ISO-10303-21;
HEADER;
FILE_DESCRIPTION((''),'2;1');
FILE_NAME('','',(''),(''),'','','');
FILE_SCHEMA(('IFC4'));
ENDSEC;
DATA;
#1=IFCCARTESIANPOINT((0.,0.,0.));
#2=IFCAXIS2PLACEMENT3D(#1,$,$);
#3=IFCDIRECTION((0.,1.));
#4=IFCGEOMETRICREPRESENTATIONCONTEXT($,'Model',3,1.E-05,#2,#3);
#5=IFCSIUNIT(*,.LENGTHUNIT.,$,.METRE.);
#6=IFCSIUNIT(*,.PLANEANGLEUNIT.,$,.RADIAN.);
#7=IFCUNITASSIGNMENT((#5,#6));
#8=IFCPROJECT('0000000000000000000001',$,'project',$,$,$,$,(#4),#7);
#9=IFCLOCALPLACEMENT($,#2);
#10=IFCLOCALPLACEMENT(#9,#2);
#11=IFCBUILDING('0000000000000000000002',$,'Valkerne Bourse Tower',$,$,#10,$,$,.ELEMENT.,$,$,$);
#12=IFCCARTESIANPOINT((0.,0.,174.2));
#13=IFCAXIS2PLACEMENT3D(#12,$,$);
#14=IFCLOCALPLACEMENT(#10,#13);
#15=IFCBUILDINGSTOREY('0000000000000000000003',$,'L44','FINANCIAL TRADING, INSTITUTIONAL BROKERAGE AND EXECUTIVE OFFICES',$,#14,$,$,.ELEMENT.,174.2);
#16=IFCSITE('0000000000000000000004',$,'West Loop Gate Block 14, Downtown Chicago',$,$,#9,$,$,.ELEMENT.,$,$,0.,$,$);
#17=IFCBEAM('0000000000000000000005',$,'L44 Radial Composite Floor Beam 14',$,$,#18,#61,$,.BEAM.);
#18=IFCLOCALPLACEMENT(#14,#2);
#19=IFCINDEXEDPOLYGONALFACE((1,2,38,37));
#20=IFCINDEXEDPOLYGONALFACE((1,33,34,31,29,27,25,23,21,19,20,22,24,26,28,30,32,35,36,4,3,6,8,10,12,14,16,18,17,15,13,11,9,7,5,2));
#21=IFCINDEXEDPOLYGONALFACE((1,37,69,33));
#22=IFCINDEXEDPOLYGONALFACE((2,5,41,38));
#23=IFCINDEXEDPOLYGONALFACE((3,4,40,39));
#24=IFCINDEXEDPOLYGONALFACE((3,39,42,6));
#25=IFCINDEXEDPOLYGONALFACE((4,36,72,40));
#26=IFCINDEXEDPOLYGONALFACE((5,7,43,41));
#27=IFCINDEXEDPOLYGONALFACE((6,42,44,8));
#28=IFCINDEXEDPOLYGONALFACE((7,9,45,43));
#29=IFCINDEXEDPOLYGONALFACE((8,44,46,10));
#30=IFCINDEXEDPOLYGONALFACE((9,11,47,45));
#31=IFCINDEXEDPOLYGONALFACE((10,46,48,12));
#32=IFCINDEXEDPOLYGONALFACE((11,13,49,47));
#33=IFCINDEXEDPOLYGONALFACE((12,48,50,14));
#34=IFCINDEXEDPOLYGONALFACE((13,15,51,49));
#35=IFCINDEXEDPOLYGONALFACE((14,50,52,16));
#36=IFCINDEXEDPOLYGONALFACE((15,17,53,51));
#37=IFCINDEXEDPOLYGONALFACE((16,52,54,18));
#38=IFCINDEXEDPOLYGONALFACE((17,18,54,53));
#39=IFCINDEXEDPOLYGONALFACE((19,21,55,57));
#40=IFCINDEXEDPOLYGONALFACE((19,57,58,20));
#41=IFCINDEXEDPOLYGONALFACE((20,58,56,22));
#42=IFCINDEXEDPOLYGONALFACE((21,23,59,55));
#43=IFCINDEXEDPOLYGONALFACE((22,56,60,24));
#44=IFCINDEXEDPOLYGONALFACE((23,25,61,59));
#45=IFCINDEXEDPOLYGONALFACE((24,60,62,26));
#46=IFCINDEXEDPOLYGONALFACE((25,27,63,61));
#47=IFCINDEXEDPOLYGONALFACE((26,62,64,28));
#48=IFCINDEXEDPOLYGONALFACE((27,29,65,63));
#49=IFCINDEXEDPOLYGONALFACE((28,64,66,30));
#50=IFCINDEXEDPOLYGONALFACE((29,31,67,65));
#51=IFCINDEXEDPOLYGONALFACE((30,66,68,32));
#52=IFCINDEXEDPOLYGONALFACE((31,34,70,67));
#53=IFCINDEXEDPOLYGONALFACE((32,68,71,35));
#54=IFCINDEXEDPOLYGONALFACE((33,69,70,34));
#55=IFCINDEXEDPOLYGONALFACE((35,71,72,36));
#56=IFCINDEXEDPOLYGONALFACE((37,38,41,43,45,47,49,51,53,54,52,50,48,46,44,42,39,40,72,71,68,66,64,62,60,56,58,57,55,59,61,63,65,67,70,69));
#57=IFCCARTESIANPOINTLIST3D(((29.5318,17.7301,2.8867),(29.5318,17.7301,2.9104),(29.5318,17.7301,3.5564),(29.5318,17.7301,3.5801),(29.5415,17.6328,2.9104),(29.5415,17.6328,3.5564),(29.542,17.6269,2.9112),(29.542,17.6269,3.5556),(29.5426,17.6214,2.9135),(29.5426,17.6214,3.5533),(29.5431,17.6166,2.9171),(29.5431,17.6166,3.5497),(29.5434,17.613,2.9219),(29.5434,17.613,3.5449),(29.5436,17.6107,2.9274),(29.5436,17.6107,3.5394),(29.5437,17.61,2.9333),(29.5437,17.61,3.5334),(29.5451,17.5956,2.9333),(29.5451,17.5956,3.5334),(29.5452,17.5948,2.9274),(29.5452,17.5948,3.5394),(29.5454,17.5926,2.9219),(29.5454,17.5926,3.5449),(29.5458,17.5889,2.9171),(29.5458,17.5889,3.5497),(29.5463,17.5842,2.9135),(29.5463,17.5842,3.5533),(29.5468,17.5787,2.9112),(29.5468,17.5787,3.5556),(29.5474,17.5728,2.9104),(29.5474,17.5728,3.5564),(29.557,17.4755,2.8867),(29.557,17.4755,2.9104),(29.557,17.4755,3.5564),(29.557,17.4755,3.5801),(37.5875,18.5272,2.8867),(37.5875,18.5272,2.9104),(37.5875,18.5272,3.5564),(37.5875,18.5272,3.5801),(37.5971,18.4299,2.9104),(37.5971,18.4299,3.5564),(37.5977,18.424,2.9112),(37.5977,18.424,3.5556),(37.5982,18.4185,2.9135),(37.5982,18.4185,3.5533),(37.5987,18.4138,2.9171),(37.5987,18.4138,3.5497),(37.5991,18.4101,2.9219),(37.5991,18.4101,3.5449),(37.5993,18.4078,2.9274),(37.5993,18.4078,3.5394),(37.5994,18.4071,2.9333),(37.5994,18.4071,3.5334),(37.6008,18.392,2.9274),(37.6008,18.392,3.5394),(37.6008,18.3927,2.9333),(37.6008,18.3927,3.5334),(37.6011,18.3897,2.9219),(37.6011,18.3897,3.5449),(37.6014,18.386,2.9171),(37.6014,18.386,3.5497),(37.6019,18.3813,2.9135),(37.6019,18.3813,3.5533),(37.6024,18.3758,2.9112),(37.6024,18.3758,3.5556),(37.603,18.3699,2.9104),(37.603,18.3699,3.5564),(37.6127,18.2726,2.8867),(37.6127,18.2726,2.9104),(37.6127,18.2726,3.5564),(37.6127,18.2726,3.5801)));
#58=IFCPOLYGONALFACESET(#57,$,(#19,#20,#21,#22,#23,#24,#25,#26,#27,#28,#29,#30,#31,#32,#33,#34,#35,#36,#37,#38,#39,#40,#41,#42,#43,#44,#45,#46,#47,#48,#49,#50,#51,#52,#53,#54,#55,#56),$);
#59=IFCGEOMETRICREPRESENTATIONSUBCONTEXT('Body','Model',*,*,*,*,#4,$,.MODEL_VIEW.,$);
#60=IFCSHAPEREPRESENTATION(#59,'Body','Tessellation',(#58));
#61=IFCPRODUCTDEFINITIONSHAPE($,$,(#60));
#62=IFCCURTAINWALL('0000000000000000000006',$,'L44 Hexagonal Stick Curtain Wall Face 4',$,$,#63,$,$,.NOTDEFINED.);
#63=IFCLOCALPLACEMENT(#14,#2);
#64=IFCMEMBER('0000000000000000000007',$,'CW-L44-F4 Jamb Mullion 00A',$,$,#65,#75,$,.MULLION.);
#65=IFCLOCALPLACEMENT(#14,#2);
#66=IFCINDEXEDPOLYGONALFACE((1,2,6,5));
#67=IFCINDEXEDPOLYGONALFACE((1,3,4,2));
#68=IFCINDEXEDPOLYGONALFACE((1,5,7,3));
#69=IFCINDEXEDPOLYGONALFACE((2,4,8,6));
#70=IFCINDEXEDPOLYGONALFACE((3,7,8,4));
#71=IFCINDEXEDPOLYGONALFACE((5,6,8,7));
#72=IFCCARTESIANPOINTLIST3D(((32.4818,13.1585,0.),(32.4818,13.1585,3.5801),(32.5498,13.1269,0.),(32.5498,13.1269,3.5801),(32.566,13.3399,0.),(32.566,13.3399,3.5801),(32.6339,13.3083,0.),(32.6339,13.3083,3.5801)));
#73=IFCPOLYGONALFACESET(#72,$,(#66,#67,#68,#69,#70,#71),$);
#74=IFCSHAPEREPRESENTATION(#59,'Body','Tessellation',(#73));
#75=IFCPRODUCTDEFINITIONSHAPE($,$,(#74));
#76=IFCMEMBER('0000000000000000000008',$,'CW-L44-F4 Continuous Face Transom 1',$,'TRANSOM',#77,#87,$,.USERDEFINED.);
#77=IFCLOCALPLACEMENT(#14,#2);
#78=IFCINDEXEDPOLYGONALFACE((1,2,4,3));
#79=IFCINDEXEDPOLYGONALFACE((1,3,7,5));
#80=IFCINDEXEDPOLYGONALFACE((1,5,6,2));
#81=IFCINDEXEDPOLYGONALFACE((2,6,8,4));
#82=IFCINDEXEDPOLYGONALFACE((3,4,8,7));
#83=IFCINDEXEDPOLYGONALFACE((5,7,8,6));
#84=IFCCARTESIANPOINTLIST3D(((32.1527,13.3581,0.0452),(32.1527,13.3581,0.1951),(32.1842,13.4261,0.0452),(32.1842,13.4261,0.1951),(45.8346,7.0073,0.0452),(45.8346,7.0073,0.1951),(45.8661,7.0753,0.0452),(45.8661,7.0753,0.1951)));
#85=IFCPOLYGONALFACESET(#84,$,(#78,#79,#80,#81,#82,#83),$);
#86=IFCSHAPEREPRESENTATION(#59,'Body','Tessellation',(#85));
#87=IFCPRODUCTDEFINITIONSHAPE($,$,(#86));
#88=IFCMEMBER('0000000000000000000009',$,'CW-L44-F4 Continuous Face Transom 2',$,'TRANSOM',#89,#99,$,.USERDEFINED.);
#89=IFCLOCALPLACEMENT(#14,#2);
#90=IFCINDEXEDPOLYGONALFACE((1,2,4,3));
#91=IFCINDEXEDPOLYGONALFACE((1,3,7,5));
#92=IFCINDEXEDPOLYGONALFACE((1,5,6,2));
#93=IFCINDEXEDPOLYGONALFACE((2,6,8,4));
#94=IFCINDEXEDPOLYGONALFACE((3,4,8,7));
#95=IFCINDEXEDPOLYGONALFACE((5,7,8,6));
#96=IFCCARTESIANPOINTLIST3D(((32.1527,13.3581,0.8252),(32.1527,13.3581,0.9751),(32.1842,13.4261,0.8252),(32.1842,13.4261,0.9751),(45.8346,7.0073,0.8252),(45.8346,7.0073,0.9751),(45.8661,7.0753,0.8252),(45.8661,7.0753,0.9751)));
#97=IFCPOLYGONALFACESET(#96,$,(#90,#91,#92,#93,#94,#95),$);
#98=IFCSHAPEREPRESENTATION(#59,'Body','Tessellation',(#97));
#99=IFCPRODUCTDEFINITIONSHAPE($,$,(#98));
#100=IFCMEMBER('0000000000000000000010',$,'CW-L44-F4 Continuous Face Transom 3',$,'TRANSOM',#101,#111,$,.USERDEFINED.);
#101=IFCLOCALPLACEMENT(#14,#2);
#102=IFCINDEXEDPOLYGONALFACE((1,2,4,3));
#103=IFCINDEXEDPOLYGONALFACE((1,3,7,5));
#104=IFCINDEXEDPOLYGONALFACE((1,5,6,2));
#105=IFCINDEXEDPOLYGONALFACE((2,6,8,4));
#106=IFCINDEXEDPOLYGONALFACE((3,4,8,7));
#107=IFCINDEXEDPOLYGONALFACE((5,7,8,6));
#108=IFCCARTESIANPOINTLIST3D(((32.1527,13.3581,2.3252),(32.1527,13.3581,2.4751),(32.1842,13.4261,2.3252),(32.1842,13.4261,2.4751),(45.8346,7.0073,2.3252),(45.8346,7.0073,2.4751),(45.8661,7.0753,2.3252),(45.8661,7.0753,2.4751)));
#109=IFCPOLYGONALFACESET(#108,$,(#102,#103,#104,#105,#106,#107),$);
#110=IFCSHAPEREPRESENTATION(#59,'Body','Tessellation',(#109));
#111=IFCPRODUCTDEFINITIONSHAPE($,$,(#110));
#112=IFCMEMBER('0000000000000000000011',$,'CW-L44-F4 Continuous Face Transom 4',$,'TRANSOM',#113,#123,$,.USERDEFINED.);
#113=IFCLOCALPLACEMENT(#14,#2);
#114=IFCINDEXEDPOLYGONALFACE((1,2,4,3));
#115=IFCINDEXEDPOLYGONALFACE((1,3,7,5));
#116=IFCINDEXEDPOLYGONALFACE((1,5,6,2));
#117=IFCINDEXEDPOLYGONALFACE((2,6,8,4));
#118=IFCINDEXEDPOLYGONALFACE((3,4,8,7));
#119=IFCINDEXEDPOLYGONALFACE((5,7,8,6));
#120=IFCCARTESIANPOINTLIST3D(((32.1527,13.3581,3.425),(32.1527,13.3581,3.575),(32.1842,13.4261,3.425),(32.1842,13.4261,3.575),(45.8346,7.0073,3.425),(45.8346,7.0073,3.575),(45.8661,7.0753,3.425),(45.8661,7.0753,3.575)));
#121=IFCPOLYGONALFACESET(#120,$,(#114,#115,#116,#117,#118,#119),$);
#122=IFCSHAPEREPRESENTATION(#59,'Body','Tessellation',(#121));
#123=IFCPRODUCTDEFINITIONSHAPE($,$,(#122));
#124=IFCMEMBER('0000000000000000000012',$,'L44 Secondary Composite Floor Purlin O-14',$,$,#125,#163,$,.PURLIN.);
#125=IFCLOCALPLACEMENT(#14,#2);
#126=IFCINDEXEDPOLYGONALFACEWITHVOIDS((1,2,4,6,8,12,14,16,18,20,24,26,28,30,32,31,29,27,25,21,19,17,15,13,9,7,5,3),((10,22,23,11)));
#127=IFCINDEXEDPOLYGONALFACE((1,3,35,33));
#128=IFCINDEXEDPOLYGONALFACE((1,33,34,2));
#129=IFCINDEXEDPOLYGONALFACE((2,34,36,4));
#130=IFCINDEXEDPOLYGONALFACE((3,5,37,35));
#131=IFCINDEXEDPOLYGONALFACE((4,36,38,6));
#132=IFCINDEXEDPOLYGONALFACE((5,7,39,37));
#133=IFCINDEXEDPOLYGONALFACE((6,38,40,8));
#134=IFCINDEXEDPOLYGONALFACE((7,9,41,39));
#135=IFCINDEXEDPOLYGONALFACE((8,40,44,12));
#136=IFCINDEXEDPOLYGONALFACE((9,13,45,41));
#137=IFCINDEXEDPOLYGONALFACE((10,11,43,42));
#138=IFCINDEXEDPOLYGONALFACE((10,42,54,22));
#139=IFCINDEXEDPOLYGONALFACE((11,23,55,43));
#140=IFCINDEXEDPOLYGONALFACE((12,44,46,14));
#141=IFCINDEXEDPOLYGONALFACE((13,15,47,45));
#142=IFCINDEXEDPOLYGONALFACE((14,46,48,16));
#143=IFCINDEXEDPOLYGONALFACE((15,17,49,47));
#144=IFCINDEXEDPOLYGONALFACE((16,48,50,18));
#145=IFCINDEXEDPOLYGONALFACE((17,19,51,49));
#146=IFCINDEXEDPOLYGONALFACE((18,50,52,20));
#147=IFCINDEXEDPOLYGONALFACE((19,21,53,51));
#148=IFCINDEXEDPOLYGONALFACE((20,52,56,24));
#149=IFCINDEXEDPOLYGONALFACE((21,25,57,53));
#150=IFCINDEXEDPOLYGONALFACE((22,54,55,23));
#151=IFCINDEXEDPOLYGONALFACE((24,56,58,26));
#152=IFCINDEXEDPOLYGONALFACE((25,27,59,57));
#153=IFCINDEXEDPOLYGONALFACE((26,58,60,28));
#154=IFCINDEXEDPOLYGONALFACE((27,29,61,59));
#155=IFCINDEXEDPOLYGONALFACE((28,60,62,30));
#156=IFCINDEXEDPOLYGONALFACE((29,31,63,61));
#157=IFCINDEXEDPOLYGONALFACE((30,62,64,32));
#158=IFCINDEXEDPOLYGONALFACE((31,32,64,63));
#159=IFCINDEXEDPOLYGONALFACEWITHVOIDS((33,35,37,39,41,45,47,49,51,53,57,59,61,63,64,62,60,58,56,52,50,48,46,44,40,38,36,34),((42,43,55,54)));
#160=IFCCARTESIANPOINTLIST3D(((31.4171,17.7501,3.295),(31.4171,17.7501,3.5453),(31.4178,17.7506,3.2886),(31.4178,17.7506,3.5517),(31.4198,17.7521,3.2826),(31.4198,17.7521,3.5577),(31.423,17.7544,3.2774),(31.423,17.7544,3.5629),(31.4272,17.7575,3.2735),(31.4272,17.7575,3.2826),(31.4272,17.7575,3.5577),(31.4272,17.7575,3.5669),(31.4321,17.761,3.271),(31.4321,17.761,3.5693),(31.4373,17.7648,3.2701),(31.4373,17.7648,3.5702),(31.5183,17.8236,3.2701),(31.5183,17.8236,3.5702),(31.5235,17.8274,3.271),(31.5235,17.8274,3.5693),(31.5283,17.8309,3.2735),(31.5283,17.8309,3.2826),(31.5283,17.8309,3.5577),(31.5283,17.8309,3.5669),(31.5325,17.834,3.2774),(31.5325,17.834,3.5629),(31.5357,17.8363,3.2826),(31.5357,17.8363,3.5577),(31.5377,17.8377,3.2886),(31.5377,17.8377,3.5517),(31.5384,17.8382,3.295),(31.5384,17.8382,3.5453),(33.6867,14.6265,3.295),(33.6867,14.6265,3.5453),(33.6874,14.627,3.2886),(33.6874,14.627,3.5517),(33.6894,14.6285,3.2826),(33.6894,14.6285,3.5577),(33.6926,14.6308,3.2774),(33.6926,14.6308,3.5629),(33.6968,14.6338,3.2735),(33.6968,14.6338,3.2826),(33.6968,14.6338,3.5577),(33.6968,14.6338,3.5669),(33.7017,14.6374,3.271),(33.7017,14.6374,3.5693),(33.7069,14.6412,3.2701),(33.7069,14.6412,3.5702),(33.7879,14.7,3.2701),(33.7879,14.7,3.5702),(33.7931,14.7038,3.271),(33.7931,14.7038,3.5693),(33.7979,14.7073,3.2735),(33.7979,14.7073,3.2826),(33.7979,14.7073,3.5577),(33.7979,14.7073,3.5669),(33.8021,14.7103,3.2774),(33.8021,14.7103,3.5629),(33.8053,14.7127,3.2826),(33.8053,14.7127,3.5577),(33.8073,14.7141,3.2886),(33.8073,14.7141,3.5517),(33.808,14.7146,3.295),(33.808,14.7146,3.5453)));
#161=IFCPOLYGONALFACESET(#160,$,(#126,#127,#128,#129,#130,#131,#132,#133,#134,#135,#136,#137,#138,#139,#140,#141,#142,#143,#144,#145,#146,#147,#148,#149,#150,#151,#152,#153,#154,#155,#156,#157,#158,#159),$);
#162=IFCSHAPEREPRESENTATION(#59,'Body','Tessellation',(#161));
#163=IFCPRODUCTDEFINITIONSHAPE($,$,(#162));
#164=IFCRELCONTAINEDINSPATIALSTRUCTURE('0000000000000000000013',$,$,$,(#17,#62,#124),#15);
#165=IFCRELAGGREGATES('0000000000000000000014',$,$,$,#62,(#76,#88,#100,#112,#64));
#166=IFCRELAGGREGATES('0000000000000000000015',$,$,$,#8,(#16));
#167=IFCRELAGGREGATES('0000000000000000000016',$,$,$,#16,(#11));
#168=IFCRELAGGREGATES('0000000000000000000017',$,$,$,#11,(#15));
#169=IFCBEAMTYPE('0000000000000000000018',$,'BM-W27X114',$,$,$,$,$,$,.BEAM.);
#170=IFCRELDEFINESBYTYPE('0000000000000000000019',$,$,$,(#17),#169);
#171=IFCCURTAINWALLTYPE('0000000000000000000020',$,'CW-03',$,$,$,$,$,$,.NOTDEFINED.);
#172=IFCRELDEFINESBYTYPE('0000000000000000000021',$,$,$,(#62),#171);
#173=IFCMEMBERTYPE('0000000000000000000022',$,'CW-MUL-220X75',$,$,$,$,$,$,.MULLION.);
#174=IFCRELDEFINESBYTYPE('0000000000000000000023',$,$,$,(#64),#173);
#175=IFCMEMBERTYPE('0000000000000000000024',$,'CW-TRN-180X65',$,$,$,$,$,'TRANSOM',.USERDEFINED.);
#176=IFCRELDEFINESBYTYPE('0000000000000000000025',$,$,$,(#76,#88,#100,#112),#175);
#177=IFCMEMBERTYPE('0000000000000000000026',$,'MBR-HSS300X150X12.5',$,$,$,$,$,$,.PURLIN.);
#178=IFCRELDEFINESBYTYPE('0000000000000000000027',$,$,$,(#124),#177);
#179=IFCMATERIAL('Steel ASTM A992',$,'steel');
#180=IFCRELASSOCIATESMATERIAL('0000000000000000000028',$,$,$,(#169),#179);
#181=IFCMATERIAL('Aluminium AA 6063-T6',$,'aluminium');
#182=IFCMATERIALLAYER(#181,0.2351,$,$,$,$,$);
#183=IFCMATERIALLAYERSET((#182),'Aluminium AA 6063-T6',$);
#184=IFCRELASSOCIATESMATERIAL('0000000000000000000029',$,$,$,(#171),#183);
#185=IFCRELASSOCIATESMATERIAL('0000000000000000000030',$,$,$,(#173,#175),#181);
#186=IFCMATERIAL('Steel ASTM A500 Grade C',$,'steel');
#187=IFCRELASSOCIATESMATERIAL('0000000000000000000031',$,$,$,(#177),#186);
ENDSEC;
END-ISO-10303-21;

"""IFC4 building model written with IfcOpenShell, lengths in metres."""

from ifc_helpers import new_model, si_unit, direction, frame, origin, origin_2d, place, context, subcontext, project, spatial, rectangle, hollow_rectangle, i_section, extrude, material, layer, layer_set, material_profile, profile_set, type_object, element, aggregate, save


model = new_model("IFC4")

# Units and contexts
model_context = context("Model", 3, precision=1e-05, world=origin(), true_north=direction((0.0, 1.0)))
body_context = subcontext(model_context, "Body", "Model", "MODEL_VIEW")
ifc_project = project(units=[si_unit("LENGTHUNIT", "METRE"), si_unit("PLANEANGLEUNIT", "RADIAN")], contexts=[model_context])

# Site, building, storey
site_placement = place(None, origin())
site = spatial("IfcSite", under=ifc_project, at=site_placement, Name="West Loop Gate Block 14, Downtown Chicago", CompositionType="ELEMENT", RefElevation=0.0)
building_placement = place(site_placement, origin())
building = spatial("IfcBuilding", under=site, at=building_placement, Name="Valkerne Bourse Tower", CompositionType="ELEMENT")
storey_placement = place(building_placement, frame((0.0, 0.0, 174.2)))
storey = spatial("IfcBuildingStorey", under=building, at=storey_placement, Name="L44", Description="FINANCIAL TRADING, INSTITUTIONAL BROKERAGE AND EXECUTIVE OFFICES", CompositionType="ELEMENT", Elevation=174.2)

# Beam
ifc_material_1 = material(Name="Steel ASTM A992", Category="steel")
ifc_material_profile_1 = material_profile(ifc_material_1, i_section(OverallWidth=0.2559, OverallDepth=0.6934, WebThickness=0.0144, FlangeThickness=0.0237, FilletRadius=0.0229, at=origin_2d()), Name="W27X114")
ifc_profile_set_1 = profile_set([ifc_material_profile_1], Name="Steel ASTM A992")
beam_type_1 = type_object("IfcBeamType", Name="BM-W27X114", PredefinedType="BEAM", material=ifc_profile_set_1)
beam_1_placement = place(storey_placement, frame((29.5444, 17.6028, 3.2334), z_axis=(0.99514, 0.09847, 0.0), x_axis=(-0.09847, 0.99514, 0.0)))
element("IfcBeam", 1, at=beam_1_placement, inside=storey, type_object=beam_type_1, Name="L44 Radial Composite Floor Beam 14", PredefinedType="BEAM", context=body_context, shape_type="SweptSolid", body=[
    extrude(i_section(OverallWidth=0.2559, OverallDepth=0.6934, WebThickness=0.0144, FlangeThickness=0.0237, FilletRadius=0.0229, at=origin_2d()), origin(), (0.0, 0.0, 1.0), 8.095),
])

# Curtain wall, members
ifc_material_2 = material(Name="Aluminium AA 6063-T6", Category="aluminium")
ifc_layer_1 = layer(ifc_material_2, 0.2351)
ifc_layer_set_1 = layer_set([ifc_layer_1], Name="Aluminium AA 6063-T6")
curtain_wall_type = type_object("IfcCurtainWallType", Name="CW-03", PredefinedType="NOTDEFINED", material=ifc_layer_set_1)
curtain_wall_placement = place(storey_placement, origin())
curtain_wall = element("IfcCurtainWall", 2, at=curtain_wall_placement, inside=storey, type_object=curtain_wall_type, Name="L44 Hexagonal Stick Curtain Wall Face 4", PredefinedType="NOTDEFINED")
ifc_material_profile_2 = material_profile(ifc_material_2, rectangle(XDim=0.075, YDim=0.2, at=origin_2d()), Name="CWM-75X200")
ifc_profile_set_2 = profile_set([ifc_material_profile_2], Name="Aluminium AA 6063-T6")
member_type_1 = type_object("IfcMemberType", Name="CW-MUL-220X75", PredefinedType="MULLION", material=ifc_profile_set_2)
member_1_placement = place(storey_placement, frame((32.5579, 13.2334, 0.0), z_axis=(0.0, 0.0, 1.0), x_axis=(0.907048, -0.421026, 0.0)))
member_1 = element("IfcMember", 3, at=member_1_placement, type_object=member_type_1, Name="CW-L44-F4 Jamb Mullion 00A", PredefinedType="MULLION", context=body_context, shape_type="SweptSolid", body=[
    extrude(rectangle(XDim=0.075, YDim=0.2, at=origin_2d()), origin(), (0.0, 0.0, 1.0), 3.5801),
])
ifc_material_profile_3 = material_profile(ifc_material_2, rectangle(XDim=0.075, YDim=0.1499, at=origin_2d()), Name="CWT-75X150")
ifc_profile_set_3 = profile_set([ifc_material_profile_3], Name="Aluminium AA 6063-T6")
member_type_2 = type_object("IfcMemberType", Name="CW-TRN-180X65", ElementType="TRANSOM", PredefinedType="USERDEFINED", material=ifc_profile_set_3)
member_2_placement = place(storey_placement, frame((32.1685, 13.3921, 0.1201), z_axis=(0.907046, -0.421031, 0.0), x_axis=(0.421031, 0.907046, 0.0)))
member_2 = element("IfcMember", 4, at=member_2_placement, type_object=member_type_2, Name="CW-L44-F4 Continuous Face Transom 1", ObjectType="TRANSOM", PredefinedType="USERDEFINED", context=body_context, shape_type="SweptSolid", body=[
    extrude(rectangle(XDim=0.075, YDim=0.1499, at=origin_2d()), origin(), (0.0, 0.0, 1.0), 15.084),
])
member_3_placement = place(storey_placement, frame((32.1685, 13.3921, 0.9001), z_axis=(0.907046, -0.421031, 0.0), x_axis=(0.421031, 0.907046, 0.0)))
member_3 = element("IfcMember", 5, at=member_3_placement, type_object=member_type_2, Name="CW-L44-F4 Continuous Face Transom 2", ObjectType="TRANSOM", PredefinedType="USERDEFINED", context=body_context, shape_type="SweptSolid", body=[
    extrude(rectangle(XDim=0.075, YDim=0.1499, at=origin_2d()), origin(), (0.0, 0.0, 1.0), 15.084),
])
member_4_placement = place(storey_placement, frame((32.1685, 13.3921, 2.4001), z_axis=(0.907046, -0.421031, 0.0), x_axis=(0.421031, 0.907046, 0.0)))
member_4 = element("IfcMember", 6, at=member_4_placement, type_object=member_type_2, Name="CW-L44-F4 Continuous Face Transom 3", ObjectType="TRANSOM", PredefinedType="USERDEFINED", context=body_context, shape_type="SweptSolid", body=[
    extrude(rectangle(XDim=0.075, YDim=0.1499, at=origin_2d()), origin(), (0.0, 0.0, 1.0), 15.084),
])
member_5_placement = place(storey_placement, frame((32.1685, 13.3921, 3.5), z_axis=(0.907046, -0.421031, 0.0), x_axis=(0.421031, 0.907046, 0.0)))
member_5 = element("IfcMember", 7, at=member_5_placement, type_object=member_type_2, Name="CW-L44-F4 Continuous Face Transom 4", ObjectType="TRANSOM", PredefinedType="USERDEFINED", context=body_context, shape_type="SweptSolid", body=[
    extrude(rectangle(XDim=0.075, YDim=0.1499, at=origin_2d()), origin(), (0.0, 0.0, 1.0), 15.084),
])
aggregate(curtain_wall, [member_2, member_3, member_4, member_5, member_1])

# Member
ifc_material_3 = material(Name="Steel ASTM A500 Grade C", Category="steel")
ifc_material_profile_4 = material_profile(ifc_material_3, hollow_rectangle(XDim=0.1499, YDim=0.3, WallThickness=0.0125, OuterFilletRadius=0.0249, at=origin_2d()), Name="HSS300X150X12.5")
ifc_profile_set_4 = profile_set([ifc_material_profile_4], Name="Steel ASTM A500 Grade C")
member_type_3 = type_object("IfcMemberType", Name="MBR-HSS300X150X12.5", PredefinedType="PURLIN", material=ifc_profile_set_4)
member_6_placement = place(storey_placement, frame((31.4778, 17.7942, 3.4202), z_axis=(0.587811, -0.808999, 0.0), x_axis=(0.808999, 0.587811, 0.0)))
element("IfcMember", 8, at=member_6_placement, inside=storey, type_object=member_type_3, Name="L44 Secondary Composite Floor Purlin O-14", PredefinedType="PURLIN", context=body_context, shape_type="SweptSolid", body=[
    extrude(hollow_rectangle(XDim=0.1499, YDim=0.3, WallThickness=0.0125, OuterFilletRadius=0.0249, at=origin_2d()), origin(), (0.0, 0.0, 1.0), 3.8611),
])

save(model, "model.ifc")
